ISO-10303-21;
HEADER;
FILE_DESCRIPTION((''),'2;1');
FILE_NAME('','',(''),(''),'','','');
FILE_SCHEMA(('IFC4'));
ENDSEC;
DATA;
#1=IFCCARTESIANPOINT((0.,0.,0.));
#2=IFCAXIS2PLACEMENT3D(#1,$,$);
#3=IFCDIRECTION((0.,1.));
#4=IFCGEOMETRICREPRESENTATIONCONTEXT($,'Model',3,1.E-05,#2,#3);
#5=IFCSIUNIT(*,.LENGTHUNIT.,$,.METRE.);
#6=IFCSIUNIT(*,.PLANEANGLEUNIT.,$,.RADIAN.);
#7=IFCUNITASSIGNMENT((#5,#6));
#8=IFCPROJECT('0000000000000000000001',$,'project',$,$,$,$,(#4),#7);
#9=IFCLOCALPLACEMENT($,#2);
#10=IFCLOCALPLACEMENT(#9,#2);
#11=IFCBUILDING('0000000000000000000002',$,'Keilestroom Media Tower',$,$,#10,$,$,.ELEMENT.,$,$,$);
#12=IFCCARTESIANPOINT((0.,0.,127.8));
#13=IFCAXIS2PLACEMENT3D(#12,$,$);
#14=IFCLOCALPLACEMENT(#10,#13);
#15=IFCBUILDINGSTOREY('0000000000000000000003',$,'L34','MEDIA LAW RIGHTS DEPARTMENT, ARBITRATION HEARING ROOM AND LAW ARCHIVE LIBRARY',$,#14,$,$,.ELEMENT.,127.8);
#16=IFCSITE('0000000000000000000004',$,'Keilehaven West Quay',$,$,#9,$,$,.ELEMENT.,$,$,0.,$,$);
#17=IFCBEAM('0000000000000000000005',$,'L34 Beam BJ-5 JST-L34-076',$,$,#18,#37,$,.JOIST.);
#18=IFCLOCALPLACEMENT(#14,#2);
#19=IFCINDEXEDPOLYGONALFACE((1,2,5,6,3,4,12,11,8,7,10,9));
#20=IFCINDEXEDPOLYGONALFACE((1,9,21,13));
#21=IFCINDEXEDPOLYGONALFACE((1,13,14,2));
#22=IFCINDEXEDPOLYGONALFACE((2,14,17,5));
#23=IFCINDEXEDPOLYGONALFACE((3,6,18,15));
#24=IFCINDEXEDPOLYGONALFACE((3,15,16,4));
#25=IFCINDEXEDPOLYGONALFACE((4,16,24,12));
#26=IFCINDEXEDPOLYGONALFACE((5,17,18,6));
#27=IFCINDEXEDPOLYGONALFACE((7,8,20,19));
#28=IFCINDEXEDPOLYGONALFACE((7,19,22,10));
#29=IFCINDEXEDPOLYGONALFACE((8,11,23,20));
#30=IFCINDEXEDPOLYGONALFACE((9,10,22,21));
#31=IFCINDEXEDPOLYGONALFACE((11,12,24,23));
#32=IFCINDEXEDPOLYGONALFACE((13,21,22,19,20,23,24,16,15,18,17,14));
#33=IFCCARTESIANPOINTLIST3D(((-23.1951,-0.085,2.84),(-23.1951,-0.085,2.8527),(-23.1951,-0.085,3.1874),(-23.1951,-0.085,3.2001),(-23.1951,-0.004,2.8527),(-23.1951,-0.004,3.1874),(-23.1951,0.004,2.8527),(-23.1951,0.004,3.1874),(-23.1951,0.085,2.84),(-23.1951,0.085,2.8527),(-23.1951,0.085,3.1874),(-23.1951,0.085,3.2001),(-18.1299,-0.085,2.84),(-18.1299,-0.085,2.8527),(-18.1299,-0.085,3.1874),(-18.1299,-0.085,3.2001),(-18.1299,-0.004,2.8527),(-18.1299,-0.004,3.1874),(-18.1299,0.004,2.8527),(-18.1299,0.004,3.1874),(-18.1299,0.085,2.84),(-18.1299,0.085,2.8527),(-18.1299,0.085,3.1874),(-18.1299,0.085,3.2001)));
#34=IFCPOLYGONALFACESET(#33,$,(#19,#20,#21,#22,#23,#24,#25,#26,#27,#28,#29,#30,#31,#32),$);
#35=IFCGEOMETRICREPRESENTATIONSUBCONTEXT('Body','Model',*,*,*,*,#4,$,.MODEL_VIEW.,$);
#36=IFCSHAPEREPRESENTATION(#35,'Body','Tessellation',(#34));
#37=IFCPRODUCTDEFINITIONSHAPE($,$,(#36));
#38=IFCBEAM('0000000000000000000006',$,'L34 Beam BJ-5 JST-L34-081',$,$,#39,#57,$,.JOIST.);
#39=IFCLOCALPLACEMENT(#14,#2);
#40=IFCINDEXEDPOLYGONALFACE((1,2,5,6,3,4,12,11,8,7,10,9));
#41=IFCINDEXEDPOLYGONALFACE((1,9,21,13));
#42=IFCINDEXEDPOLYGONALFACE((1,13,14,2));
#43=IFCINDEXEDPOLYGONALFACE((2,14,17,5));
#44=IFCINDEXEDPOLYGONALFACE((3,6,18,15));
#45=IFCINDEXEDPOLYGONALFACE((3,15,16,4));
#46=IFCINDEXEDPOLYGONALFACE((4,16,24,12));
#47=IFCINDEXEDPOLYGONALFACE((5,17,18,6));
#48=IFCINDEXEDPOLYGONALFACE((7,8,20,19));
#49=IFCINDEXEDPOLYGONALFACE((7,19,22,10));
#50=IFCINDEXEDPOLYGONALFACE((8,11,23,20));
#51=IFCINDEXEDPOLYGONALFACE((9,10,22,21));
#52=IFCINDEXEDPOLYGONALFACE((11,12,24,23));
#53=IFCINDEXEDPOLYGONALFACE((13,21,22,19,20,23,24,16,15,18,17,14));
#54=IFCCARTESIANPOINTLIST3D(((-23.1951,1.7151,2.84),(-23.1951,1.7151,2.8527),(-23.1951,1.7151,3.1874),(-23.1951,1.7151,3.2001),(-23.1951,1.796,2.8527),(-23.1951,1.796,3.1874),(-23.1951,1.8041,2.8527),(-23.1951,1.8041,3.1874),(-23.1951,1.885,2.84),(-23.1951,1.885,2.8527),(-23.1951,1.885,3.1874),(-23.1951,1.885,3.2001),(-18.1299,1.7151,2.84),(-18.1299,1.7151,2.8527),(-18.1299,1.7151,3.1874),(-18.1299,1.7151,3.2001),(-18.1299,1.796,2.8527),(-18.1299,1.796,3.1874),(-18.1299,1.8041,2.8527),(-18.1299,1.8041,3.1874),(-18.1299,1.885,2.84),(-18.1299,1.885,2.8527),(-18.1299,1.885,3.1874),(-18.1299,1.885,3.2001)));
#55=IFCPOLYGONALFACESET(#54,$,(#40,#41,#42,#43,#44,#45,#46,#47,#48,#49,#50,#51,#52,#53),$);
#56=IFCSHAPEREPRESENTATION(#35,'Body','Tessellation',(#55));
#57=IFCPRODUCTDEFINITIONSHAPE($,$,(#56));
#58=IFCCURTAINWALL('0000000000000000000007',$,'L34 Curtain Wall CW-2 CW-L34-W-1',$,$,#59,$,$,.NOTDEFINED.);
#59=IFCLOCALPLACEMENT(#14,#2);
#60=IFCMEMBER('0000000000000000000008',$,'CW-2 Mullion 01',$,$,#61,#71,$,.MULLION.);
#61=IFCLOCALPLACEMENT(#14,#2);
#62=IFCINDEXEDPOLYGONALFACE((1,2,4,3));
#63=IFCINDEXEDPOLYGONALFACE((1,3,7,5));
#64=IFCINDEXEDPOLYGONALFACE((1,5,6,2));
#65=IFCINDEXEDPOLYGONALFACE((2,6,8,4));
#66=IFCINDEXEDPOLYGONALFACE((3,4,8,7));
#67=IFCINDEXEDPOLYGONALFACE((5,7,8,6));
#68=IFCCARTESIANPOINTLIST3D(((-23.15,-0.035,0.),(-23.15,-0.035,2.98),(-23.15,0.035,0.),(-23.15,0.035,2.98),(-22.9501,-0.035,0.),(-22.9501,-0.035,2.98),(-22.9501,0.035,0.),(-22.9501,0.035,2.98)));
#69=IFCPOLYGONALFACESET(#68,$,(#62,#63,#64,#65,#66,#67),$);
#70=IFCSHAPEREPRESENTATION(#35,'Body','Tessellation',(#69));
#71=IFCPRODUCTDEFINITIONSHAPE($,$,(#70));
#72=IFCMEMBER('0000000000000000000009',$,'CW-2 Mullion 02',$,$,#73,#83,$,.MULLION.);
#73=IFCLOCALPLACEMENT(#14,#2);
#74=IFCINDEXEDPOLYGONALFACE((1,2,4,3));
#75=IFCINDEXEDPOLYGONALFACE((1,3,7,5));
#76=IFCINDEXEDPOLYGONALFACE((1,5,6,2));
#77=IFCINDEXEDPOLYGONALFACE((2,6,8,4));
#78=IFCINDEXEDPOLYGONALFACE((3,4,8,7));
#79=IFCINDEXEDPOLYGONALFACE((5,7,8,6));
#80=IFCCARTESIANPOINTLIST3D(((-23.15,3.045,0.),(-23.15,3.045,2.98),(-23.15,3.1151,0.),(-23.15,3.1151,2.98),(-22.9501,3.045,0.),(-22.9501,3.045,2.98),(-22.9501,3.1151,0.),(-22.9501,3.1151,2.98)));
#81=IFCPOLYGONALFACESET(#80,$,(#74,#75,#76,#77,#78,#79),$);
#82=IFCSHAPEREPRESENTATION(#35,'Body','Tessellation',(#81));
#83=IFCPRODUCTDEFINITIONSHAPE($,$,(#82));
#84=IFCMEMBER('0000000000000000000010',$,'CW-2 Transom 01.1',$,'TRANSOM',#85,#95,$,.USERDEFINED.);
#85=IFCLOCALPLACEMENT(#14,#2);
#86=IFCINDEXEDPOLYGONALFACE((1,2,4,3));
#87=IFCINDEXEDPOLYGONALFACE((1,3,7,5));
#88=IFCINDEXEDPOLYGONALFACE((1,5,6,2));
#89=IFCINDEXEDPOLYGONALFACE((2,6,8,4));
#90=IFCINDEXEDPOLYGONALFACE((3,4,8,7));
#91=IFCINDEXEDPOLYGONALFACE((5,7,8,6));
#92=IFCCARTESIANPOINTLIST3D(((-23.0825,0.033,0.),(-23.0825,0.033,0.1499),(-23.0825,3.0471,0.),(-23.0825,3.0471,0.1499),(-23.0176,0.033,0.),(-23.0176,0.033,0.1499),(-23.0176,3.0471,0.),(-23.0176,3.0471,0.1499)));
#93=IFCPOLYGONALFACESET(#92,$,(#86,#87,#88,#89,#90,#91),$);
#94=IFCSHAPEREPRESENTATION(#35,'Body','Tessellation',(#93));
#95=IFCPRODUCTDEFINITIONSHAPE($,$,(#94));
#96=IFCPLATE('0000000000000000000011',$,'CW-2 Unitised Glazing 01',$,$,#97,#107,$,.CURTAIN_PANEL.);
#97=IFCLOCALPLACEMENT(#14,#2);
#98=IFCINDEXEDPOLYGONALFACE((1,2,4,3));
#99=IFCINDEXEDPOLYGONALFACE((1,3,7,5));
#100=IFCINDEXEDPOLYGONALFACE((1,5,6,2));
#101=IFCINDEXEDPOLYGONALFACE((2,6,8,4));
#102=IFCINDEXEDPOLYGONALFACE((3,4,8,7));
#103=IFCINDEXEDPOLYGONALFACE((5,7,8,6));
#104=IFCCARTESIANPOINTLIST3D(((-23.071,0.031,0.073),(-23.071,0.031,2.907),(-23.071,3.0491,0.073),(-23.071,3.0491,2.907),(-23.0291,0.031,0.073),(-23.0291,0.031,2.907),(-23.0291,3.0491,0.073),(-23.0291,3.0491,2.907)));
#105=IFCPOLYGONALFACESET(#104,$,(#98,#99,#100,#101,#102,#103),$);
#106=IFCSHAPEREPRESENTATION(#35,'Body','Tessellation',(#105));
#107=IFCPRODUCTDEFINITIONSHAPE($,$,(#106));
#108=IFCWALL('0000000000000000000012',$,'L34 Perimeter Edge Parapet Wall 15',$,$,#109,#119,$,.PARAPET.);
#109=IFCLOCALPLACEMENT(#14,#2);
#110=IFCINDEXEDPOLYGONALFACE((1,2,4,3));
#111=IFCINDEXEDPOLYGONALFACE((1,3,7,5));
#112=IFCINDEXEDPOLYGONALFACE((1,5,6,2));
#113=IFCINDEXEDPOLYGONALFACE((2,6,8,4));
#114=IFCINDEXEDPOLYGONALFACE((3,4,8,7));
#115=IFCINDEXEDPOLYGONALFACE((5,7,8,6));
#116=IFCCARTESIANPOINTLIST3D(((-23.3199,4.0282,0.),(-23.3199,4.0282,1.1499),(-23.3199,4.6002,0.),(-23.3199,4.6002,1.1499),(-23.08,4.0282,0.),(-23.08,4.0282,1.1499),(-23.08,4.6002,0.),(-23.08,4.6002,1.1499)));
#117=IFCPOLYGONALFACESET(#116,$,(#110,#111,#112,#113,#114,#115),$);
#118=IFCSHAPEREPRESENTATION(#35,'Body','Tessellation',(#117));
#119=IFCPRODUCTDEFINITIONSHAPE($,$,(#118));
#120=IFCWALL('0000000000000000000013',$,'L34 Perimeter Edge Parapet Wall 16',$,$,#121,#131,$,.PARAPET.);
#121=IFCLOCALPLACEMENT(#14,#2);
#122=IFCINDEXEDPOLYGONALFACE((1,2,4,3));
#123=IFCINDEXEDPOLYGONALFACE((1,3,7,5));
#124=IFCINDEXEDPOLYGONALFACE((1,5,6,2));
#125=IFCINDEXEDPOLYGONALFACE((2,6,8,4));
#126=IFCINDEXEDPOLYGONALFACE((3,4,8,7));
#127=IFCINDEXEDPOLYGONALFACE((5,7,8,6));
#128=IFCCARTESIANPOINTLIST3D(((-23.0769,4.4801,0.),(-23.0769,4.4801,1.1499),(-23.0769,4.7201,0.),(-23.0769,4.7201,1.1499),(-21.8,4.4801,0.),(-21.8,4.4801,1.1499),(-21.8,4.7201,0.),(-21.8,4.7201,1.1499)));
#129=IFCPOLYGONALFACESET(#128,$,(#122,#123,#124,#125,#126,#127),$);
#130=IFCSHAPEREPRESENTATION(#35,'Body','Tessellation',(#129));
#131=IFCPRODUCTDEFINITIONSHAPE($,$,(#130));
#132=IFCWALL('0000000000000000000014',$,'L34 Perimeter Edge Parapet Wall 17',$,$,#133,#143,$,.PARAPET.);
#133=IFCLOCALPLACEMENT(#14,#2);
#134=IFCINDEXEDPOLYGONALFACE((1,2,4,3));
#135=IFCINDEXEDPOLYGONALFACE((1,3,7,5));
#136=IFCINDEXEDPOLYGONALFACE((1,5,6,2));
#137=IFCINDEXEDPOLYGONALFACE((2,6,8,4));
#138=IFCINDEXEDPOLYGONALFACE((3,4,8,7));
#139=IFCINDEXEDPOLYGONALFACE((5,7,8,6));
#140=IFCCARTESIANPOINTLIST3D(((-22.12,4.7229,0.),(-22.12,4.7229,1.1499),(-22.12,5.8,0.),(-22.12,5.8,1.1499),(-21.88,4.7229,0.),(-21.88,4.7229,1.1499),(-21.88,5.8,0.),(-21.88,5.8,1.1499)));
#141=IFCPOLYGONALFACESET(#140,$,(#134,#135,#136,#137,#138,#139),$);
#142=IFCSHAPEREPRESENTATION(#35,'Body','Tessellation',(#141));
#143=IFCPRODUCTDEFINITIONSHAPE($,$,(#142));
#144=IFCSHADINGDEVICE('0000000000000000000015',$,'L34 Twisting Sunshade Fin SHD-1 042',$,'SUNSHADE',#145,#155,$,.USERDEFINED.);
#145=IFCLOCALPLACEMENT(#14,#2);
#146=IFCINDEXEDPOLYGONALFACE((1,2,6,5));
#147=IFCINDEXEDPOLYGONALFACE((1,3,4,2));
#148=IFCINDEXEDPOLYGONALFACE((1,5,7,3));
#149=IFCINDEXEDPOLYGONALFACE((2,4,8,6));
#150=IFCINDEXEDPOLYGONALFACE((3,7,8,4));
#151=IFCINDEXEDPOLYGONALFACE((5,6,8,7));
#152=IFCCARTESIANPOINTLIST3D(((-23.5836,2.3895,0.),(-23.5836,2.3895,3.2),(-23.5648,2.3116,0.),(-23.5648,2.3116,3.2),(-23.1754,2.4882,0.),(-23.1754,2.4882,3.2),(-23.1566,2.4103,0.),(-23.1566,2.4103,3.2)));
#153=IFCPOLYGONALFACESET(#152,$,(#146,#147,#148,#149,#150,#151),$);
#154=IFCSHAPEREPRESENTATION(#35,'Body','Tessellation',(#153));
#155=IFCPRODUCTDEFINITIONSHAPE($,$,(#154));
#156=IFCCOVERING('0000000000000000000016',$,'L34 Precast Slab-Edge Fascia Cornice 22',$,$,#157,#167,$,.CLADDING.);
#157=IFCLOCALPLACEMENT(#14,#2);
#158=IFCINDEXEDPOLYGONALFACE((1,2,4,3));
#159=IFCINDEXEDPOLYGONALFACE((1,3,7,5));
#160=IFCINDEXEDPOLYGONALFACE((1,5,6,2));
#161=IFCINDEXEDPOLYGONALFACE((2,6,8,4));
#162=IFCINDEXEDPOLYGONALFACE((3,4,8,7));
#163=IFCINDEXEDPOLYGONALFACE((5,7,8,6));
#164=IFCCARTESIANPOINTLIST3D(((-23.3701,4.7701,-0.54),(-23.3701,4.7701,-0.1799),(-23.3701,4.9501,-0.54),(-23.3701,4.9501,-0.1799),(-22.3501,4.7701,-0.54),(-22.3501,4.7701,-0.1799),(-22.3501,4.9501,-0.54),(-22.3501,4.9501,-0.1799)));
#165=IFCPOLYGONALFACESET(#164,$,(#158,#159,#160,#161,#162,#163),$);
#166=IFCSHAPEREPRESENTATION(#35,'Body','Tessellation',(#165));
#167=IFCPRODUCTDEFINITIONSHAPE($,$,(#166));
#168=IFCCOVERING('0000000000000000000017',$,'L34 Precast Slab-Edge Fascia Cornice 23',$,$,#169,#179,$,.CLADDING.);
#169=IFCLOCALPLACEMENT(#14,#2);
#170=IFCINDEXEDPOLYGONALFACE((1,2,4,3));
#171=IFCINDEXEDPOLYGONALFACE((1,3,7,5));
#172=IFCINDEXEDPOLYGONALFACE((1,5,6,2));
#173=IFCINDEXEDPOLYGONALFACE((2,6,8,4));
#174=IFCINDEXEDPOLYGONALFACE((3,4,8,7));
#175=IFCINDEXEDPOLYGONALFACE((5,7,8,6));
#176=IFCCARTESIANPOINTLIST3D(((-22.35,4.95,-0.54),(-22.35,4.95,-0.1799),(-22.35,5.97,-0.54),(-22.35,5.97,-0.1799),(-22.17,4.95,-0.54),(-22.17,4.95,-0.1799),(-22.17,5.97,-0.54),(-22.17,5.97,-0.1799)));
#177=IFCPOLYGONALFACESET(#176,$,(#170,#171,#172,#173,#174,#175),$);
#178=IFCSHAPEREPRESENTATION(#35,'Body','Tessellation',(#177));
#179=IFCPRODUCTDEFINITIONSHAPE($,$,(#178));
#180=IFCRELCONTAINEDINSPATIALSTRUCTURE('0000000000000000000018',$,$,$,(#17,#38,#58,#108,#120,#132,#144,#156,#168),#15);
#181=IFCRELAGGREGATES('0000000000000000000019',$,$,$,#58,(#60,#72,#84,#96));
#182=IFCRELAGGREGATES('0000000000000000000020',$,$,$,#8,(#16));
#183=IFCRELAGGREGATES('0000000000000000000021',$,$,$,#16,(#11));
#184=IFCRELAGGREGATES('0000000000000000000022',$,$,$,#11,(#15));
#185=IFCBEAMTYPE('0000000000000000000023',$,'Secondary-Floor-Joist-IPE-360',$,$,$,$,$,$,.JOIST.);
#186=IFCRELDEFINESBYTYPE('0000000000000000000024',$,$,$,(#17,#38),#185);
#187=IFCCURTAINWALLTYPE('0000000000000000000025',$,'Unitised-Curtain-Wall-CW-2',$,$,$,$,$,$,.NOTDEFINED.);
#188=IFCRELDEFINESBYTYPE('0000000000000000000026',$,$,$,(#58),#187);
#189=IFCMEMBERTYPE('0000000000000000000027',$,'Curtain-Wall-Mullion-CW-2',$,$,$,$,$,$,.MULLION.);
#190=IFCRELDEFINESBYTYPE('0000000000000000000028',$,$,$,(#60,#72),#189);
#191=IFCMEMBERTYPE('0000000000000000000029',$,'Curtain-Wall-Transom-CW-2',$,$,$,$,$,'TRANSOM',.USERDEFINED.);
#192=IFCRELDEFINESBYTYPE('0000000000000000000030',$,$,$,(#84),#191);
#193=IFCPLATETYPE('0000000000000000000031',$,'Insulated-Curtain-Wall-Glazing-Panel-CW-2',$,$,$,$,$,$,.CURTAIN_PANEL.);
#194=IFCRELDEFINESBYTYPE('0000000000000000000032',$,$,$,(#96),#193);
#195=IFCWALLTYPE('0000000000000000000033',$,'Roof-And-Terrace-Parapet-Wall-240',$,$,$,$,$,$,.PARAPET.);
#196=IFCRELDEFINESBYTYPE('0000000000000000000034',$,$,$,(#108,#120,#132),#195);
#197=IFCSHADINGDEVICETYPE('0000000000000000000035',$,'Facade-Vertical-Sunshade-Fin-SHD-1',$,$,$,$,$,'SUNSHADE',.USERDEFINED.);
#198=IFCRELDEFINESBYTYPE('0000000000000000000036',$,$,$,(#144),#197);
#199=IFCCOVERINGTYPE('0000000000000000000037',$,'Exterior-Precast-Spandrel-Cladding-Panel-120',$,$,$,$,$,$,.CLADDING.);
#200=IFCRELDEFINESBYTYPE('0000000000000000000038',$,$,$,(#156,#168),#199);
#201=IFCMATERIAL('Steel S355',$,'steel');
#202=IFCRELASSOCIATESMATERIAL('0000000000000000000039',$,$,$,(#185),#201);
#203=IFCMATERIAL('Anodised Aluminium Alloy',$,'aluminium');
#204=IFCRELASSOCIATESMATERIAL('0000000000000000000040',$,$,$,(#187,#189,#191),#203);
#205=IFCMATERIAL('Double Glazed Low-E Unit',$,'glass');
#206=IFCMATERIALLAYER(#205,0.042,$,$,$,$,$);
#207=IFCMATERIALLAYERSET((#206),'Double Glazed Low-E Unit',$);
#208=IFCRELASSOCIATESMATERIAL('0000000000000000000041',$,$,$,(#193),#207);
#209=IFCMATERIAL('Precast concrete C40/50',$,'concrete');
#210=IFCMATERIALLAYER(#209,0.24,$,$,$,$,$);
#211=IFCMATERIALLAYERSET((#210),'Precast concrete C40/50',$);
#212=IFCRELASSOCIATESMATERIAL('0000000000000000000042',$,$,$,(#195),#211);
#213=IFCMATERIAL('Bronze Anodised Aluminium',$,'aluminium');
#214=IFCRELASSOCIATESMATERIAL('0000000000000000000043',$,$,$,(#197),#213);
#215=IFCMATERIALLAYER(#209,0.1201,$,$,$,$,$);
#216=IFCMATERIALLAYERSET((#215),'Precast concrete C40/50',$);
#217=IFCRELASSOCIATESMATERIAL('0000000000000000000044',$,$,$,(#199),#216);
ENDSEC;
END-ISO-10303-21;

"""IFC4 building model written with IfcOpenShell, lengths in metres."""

from ifc_helpers import new_model, si_unit, direction, frame, frame_2d, origin, origin_2d, place, context, subcontext, project, spatial, rectangle, i_section, extrude, source, transform, mapped, material, layer, layer_set, material_profile, profile_set, type_object, element, aggregate, save


model = new_model("IFC4")

# Units and contexts
model_context = context("Model", 3, precision=1e-05, world=origin(), true_north=direction((0.0, 1.0)))
body_context = subcontext(model_context, "Body", "Model", "MODEL_VIEW")
ifc_project = project(units=[si_unit("LENGTHUNIT", "METRE"), si_unit("PLANEANGLEUNIT", "RADIAN")], contexts=[model_context])

# Site, building, storey
site_placement = place(None, origin())
site = spatial("IfcSite", under=ifc_project, at=site_placement, Name="Keilehaven West Quay", CompositionType="ELEMENT", RefElevation=0.0)
building_placement = place(site_placement, origin())
building = spatial("IfcBuilding", under=site, at=building_placement, Name="Keilestroom Media Tower", CompositionType="ELEMENT")
storey_placement = place(building_placement, frame((0.0, 0.0, 127.8)))
storey = spatial("IfcBuildingStorey", under=building, at=storey_placement, Name="L34", Description="MEDIA LAW RIGHTS DEPARTMENT, ARBITRATION HEARING ROOM AND LAW ARCHIVE LIBRARY", CompositionType="ELEMENT", Elevation=127.8)

# Shared definitions
ifc_material_1 = material(Name="Precast concrete C40/50", Category="concrete")
ifc_material_2 = material(Name="Steel S355", Category="steel")

# Beams
ifc_material_profile_1 = material_profile(ifc_material_2, i_section(OverallWidth=0.1699, OverallDepth=0.3601, WebThickness=0.0081, FlangeThickness=0.0127, at=origin_2d()), Name="IPE 360")
ifc_profile_set_1 = profile_set([ifc_material_profile_1], Name="Steel S355")
beam_type_1 = type_object("IfcBeamType", Name="Secondary-Floor-Joist-IPE-360", PredefinedType="JOIST", material=ifc_profile_set_1)
shared_shape_1 = source(origin(), body_context, "Body", "SweptSolid", [
    extrude(i_section(OverallWidth=0.1699, OverallDepth=0.3601, WebThickness=0.0081, FlangeThickness=0.0127, at=origin_2d()), origin(), (0.0, 0.0, 1.0), 5.0652),
])
for number, where, z_axis, x_axis, name in (
    (1, (-23.1951, 0.0, 3.02), (1.0, 0.0, 0.0), (0.0, 1.0, 0.0), "L34 Beam BJ-5 JST-L34-076"),
    (2, (-23.1951, 1.8, 3.02), (1.0, 0.0, 0.0), (0.0, 1.0, 0.0), "L34 Beam BJ-5 JST-L34-081"),
):
    element("IfcBeam", number, at=place(storey_placement, frame(where, z_axis=z_axis, x_axis=x_axis)), inside=storey, type_object=beam_type_1, Name=name, PredefinedType="JOIST", context=body_context, shape_type="MappedRepresentation", body=[
        mapped(shared_shape_1, transform((0.0, 0.0, 0.0), x_axis=(1.0, 0.0, 0.0), y_axis=(0.0, 1.0, 0.0), z_axis=(0.0, 0.0, 1.0), scale=1.0)),
    ])

# Curtain wall, members, plate
ifc_material_3 = material(Name="Anodised Aluminium Alloy", Category="aluminium")
curtain_wall_type = type_object("IfcCurtainWallType", Name="Unitised-Curtain-Wall-CW-2", PredefinedType="NOTDEFINED", material=ifc_material_3)
curtain_wall_placement = place(storey_placement, origin())
curtain_wall = element("IfcCurtainWall", 3, at=curtain_wall_placement, inside=storey, type_object=curtain_wall_type, Name="L34 Curtain Wall CW-2 CW-L34-W-1", PredefinedType="NOTDEFINED")
ifc_material_profile_2 = material_profile(ifc_material_3, rectangle(XDim=0.0701, YDim=0.2, at=origin_2d()), Name="ALU MULLION 70x200")
ifc_profile_set_2 = profile_set([ifc_material_profile_2], Name="Anodised Aluminium Alloy")
member_type_1 = type_object("IfcMemberType", Name="Curtain-Wall-Mullion-CW-2", PredefinedType="MULLION", material=ifc_profile_set_2)
shared_shape_2 = source(origin(), body_context, "Body", "SweptSolid", [
    extrude(rectangle(XDim=0.0701, YDim=0.2, at=origin_2d()), origin(), (0.0, 0.0, 1.0), 2.98),
])
member_1_placement = place(storey_placement, frame((-23.05, 0.0, 0.0), z_axis=(0.0, 0.0, 1.0), x_axis=(0.0, 1.0, 0.0)))
member_1 = element("IfcMember", 4, at=member_1_placement, type_object=member_type_1, Name="CW-2 Mullion 01", PredefinedType="MULLION", context=body_context, shape_type="MappedRepresentation", body=[
    mapped(shared_shape_2, transform((0.0, 0.0, 0.0), x_axis=(1.0, 0.0, 0.0), y_axis=(0.0, 1.0, 0.0), z_axis=(0.0, 0.0, 1.0), scale=1.0)),
])
member_2_placement = place(storey_placement, frame((-23.05, 3.0801, 0.0), z_axis=(0.0, 0.0, 1.0), x_axis=(0.0, 1.0, 0.0)))
member_2 = element("IfcMember", 5, at=member_2_placement, type_object=member_type_1, Name="CW-2 Mullion 02", PredefinedType="MULLION", context=body_context, shape_type="MappedRepresentation", body=[
    mapped(shared_shape_2, transform((0.0, 0.0, 0.0), x_axis=(1.0, 0.0, 0.0), y_axis=(0.0, 1.0, 0.0), z_axis=(0.0, 0.0, 1.0), scale=1.0)),
])
ifc_material_profile_3 = material_profile(ifc_material_3, rectangle(XDim=0.0649, YDim=0.1499, at=origin_2d()), Name="ALU TRANSOM 65x150")
ifc_profile_set_3 = profile_set([ifc_material_profile_3], Name="Anodised Aluminium Alloy")
member_type_2 = type_object("IfcMemberType", Name="Curtain-Wall-Transom-CW-2", ElementType="TRANSOM", PredefinedType="USERDEFINED", material=ifc_profile_set_3)
shared_shape_3 = source(origin(), body_context, "Body", "SweptSolid", [
    extrude(rectangle(XDim=0.0649, YDim=0.1499, at=origin_2d()), origin(), (0.0, 0.0, 1.0), 3.0142),
])
member_3_placement = place(storey_placement, frame((-23.05, 0.033, 0.075), z_axis=(0.0, 1.0, 0.0), x_axis=(-1.0, 0.0, 0.0)))
member_3 = element("IfcMember", 6, at=member_3_placement, type_object=member_type_2, Name="CW-2 Transom 01.1", ObjectType="TRANSOM", PredefinedType="USERDEFINED", context=body_context, shape_type="MappedRepresentation", body=[
    mapped(shared_shape_3, transform((0.0, 0.0, 0.0), x_axis=(1.0, 0.0, 0.0), y_axis=(0.0, 1.0, 0.0), z_axis=(0.0, 0.0, 1.0), scale=1.0)),
])
ifc_material_4 = material(Name="Double Glazed Low-E Unit", Category="glass")
ifc_layer_1 = layer(ifc_material_4, 0.042)
ifc_layer_set_1 = layer_set([ifc_layer_1], Name="Double Glazed Low-E Unit")
plate_type = type_object("IfcPlateType", Name="Insulated-Curtain-Wall-Glazing-Panel-CW-2", PredefinedType="CURTAIN_PANEL", material=ifc_layer_set_1)
shared_shape_4 = source(origin(), body_context, "Body", "SweptSolid", [
    extrude(rectangle(XDim=3.0181, YDim=0.042, at=origin_2d()), origin(), (0.0, 0.0, 1.0), 2.834),
])
plate_placement = place(storey_placement, frame((-23.05, 1.54, 0.073), z_axis=(0.0, 0.0, 1.0), x_axis=(0.0, 1.0, 0.0)))
plate = element("IfcPlate", 7, at=plate_placement, type_object=plate_type, Name="CW-2 Unitised Glazing 01", PredefinedType="CURTAIN_PANEL", context=body_context, shape_type="MappedRepresentation", body=[
    mapped(shared_shape_4, transform((0.0, 0.0, 0.0), x_axis=(1.0, 0.0, 0.0), y_axis=(0.0, 1.0, 0.0), z_axis=(0.0, 0.0, 1.0), scale=1.0)),
])
aggregate(curtain_wall, [member_1, member_2, member_3, plate])

# Walls
ifc_layer_2 = layer(ifc_material_1, 0.24)
ifc_layer_set_2 = layer_set([ifc_layer_2], Name="Precast concrete C40/50")
wall_type = type_object("IfcWallType", Name="Roof-And-Terrace-Parapet-Wall-240", PredefinedType="PARAPET", material=ifc_layer_set_2)
wall_1_placement = place(storey_placement, frame((-23.2, 4.0281, 0.0), z_axis=(0.0, 0.0, 1.0), x_axis=(0.0, 1.0, 0.0)))
element("IfcWall", 8, at=wall_1_placement, inside=storey, type_object=wall_type, Name="L34 Perimeter Edge Parapet Wall 15", PredefinedType="PARAPET", context=body_context, shape_type="SweptSolid", body=[
    extrude(rectangle(XDim=0.572, YDim=0.24, at=frame_2d((0.2861, 0.0))), origin(), (0.0, 0.0, 1.0), 1.1499),
])
wall_2_placement = place(storey_placement, frame((-23.0769, 4.6001, 0.0), z_axis=(0.0, 0.0, 1.0), x_axis=(1.0, 0.0, 0.0)))
element("IfcWall", 9, at=wall_2_placement, inside=storey, type_object=wall_type, Name="L34 Perimeter Edge Parapet Wall 16", PredefinedType="PARAPET", context=body_context, shape_type="SweptSolid", body=[
    extrude(rectangle(XDim=1.2769, YDim=0.24, at=frame_2d((0.6384, 0.0))), origin(), (0.0, 0.0, 1.0), 1.1499),
])
wall_3_placement = place(storey_placement, frame((-22.0, 4.7229, 0.0), z_axis=(0.0, 0.0, 1.0), x_axis=(0.0, 1.0, 0.0)))
element("IfcWall", 10, at=wall_3_placement, inside=storey, type_object=wall_type, Name="L34 Perimeter Edge Parapet Wall 17", PredefinedType="PARAPET", context=body_context, shape_type="SweptSolid", body=[
    extrude(rectangle(XDim=1.0771, YDim=0.24, at=frame_2d((0.5386, 0.0))), origin(), (0.0, 0.0, 1.0), 1.1499),
])

# Shading device
ifc_material_5 = material(Name="Bronze Anodised Aluminium", Category="aluminium")
shading_device_type = type_object("IfcShadingDeviceType", Name="Facade-Vertical-Sunshade-Fin-SHD-1", ElementType="SUNSHADE", PredefinedType="USERDEFINED", material=ifc_material_5)
shared_shape_5 = source(origin(), body_context, "Body", "SweptSolid", [
    extrude(rectangle(XDim=0.4199, YDim=0.0801, at=origin_2d()), origin(), (0.0, 0.0, 1.0), 3.2),
])
shading_device_placement = place(storey_placement, frame((-23.3701, 2.3999, 0.0), z_axis=(0.0, 0.0, 1.0), x_axis=(0.972002, 0.234972, 0.0)))
element("IfcShadingDevice", 11, at=shading_device_placement, inside=storey, type_object=shading_device_type, Name="L34 Twisting Sunshade Fin SHD-1 042", ObjectType="SUNSHADE", PredefinedType="USERDEFINED", context=body_context, shape_type="MappedRepresentation", body=[
    mapped(shared_shape_5, transform((0.0, 0.0, 0.0), x_axis=(1.0, 0.0, 0.0), y_axis=(0.0, 1.0, 0.0), z_axis=(0.0, 0.0, 1.0), scale=1.0)),
])

# Coverings
ifc_layer_3 = layer(ifc_material_1, 0.1201)
ifc_layer_set_3 = layer_set([ifc_layer_3], Name="Precast concrete C40/50")
covering_type = type_object("IfcCoveringType", Name="Exterior-Precast-Spandrel-Cladding-Panel-120", PredefinedType="CLADDING", material=ifc_layer_set_3)
shared_shape_6 = source(origin(), body_context, "Body", "SweptSolid", [
    extrude(rectangle(XDim=1.02, YDim=0.1799, at=origin_2d()), origin(), (0.0, 0.0, 1.0), 0.3601),
])
for number, where, z_axis, x_axis, name in (
    (12, (-22.8601, 4.8601, -0.54), (0.0, 0.0, 1.0), (1.0, 0.0, 0.0), "L34 Precast Slab-Edge Fascia Cornice 22"),
    (13, (-22.26, 5.46, -0.54), (0.0, 0.0, 1.0), (0.0, 1.0, 0.0), "L34 Precast Slab-Edge Fascia Cornice 23"),
):
    element("IfcCovering", number, at=place(storey_placement, frame(where, z_axis=z_axis, x_axis=x_axis)), inside=storey, type_object=covering_type, Name=name, PredefinedType="CLADDING", context=body_context, shape_type="MappedRepresentation", body=[
        mapped(shared_shape_6, transform((0.0, 0.0, 0.0), x_axis=(1.0, 0.0, 0.0), y_axis=(0.0, 1.0, 0.0), z_axis=(0.0, 0.0, 1.0), scale=1.0)),
    ])

save(model, "model.ifc")
